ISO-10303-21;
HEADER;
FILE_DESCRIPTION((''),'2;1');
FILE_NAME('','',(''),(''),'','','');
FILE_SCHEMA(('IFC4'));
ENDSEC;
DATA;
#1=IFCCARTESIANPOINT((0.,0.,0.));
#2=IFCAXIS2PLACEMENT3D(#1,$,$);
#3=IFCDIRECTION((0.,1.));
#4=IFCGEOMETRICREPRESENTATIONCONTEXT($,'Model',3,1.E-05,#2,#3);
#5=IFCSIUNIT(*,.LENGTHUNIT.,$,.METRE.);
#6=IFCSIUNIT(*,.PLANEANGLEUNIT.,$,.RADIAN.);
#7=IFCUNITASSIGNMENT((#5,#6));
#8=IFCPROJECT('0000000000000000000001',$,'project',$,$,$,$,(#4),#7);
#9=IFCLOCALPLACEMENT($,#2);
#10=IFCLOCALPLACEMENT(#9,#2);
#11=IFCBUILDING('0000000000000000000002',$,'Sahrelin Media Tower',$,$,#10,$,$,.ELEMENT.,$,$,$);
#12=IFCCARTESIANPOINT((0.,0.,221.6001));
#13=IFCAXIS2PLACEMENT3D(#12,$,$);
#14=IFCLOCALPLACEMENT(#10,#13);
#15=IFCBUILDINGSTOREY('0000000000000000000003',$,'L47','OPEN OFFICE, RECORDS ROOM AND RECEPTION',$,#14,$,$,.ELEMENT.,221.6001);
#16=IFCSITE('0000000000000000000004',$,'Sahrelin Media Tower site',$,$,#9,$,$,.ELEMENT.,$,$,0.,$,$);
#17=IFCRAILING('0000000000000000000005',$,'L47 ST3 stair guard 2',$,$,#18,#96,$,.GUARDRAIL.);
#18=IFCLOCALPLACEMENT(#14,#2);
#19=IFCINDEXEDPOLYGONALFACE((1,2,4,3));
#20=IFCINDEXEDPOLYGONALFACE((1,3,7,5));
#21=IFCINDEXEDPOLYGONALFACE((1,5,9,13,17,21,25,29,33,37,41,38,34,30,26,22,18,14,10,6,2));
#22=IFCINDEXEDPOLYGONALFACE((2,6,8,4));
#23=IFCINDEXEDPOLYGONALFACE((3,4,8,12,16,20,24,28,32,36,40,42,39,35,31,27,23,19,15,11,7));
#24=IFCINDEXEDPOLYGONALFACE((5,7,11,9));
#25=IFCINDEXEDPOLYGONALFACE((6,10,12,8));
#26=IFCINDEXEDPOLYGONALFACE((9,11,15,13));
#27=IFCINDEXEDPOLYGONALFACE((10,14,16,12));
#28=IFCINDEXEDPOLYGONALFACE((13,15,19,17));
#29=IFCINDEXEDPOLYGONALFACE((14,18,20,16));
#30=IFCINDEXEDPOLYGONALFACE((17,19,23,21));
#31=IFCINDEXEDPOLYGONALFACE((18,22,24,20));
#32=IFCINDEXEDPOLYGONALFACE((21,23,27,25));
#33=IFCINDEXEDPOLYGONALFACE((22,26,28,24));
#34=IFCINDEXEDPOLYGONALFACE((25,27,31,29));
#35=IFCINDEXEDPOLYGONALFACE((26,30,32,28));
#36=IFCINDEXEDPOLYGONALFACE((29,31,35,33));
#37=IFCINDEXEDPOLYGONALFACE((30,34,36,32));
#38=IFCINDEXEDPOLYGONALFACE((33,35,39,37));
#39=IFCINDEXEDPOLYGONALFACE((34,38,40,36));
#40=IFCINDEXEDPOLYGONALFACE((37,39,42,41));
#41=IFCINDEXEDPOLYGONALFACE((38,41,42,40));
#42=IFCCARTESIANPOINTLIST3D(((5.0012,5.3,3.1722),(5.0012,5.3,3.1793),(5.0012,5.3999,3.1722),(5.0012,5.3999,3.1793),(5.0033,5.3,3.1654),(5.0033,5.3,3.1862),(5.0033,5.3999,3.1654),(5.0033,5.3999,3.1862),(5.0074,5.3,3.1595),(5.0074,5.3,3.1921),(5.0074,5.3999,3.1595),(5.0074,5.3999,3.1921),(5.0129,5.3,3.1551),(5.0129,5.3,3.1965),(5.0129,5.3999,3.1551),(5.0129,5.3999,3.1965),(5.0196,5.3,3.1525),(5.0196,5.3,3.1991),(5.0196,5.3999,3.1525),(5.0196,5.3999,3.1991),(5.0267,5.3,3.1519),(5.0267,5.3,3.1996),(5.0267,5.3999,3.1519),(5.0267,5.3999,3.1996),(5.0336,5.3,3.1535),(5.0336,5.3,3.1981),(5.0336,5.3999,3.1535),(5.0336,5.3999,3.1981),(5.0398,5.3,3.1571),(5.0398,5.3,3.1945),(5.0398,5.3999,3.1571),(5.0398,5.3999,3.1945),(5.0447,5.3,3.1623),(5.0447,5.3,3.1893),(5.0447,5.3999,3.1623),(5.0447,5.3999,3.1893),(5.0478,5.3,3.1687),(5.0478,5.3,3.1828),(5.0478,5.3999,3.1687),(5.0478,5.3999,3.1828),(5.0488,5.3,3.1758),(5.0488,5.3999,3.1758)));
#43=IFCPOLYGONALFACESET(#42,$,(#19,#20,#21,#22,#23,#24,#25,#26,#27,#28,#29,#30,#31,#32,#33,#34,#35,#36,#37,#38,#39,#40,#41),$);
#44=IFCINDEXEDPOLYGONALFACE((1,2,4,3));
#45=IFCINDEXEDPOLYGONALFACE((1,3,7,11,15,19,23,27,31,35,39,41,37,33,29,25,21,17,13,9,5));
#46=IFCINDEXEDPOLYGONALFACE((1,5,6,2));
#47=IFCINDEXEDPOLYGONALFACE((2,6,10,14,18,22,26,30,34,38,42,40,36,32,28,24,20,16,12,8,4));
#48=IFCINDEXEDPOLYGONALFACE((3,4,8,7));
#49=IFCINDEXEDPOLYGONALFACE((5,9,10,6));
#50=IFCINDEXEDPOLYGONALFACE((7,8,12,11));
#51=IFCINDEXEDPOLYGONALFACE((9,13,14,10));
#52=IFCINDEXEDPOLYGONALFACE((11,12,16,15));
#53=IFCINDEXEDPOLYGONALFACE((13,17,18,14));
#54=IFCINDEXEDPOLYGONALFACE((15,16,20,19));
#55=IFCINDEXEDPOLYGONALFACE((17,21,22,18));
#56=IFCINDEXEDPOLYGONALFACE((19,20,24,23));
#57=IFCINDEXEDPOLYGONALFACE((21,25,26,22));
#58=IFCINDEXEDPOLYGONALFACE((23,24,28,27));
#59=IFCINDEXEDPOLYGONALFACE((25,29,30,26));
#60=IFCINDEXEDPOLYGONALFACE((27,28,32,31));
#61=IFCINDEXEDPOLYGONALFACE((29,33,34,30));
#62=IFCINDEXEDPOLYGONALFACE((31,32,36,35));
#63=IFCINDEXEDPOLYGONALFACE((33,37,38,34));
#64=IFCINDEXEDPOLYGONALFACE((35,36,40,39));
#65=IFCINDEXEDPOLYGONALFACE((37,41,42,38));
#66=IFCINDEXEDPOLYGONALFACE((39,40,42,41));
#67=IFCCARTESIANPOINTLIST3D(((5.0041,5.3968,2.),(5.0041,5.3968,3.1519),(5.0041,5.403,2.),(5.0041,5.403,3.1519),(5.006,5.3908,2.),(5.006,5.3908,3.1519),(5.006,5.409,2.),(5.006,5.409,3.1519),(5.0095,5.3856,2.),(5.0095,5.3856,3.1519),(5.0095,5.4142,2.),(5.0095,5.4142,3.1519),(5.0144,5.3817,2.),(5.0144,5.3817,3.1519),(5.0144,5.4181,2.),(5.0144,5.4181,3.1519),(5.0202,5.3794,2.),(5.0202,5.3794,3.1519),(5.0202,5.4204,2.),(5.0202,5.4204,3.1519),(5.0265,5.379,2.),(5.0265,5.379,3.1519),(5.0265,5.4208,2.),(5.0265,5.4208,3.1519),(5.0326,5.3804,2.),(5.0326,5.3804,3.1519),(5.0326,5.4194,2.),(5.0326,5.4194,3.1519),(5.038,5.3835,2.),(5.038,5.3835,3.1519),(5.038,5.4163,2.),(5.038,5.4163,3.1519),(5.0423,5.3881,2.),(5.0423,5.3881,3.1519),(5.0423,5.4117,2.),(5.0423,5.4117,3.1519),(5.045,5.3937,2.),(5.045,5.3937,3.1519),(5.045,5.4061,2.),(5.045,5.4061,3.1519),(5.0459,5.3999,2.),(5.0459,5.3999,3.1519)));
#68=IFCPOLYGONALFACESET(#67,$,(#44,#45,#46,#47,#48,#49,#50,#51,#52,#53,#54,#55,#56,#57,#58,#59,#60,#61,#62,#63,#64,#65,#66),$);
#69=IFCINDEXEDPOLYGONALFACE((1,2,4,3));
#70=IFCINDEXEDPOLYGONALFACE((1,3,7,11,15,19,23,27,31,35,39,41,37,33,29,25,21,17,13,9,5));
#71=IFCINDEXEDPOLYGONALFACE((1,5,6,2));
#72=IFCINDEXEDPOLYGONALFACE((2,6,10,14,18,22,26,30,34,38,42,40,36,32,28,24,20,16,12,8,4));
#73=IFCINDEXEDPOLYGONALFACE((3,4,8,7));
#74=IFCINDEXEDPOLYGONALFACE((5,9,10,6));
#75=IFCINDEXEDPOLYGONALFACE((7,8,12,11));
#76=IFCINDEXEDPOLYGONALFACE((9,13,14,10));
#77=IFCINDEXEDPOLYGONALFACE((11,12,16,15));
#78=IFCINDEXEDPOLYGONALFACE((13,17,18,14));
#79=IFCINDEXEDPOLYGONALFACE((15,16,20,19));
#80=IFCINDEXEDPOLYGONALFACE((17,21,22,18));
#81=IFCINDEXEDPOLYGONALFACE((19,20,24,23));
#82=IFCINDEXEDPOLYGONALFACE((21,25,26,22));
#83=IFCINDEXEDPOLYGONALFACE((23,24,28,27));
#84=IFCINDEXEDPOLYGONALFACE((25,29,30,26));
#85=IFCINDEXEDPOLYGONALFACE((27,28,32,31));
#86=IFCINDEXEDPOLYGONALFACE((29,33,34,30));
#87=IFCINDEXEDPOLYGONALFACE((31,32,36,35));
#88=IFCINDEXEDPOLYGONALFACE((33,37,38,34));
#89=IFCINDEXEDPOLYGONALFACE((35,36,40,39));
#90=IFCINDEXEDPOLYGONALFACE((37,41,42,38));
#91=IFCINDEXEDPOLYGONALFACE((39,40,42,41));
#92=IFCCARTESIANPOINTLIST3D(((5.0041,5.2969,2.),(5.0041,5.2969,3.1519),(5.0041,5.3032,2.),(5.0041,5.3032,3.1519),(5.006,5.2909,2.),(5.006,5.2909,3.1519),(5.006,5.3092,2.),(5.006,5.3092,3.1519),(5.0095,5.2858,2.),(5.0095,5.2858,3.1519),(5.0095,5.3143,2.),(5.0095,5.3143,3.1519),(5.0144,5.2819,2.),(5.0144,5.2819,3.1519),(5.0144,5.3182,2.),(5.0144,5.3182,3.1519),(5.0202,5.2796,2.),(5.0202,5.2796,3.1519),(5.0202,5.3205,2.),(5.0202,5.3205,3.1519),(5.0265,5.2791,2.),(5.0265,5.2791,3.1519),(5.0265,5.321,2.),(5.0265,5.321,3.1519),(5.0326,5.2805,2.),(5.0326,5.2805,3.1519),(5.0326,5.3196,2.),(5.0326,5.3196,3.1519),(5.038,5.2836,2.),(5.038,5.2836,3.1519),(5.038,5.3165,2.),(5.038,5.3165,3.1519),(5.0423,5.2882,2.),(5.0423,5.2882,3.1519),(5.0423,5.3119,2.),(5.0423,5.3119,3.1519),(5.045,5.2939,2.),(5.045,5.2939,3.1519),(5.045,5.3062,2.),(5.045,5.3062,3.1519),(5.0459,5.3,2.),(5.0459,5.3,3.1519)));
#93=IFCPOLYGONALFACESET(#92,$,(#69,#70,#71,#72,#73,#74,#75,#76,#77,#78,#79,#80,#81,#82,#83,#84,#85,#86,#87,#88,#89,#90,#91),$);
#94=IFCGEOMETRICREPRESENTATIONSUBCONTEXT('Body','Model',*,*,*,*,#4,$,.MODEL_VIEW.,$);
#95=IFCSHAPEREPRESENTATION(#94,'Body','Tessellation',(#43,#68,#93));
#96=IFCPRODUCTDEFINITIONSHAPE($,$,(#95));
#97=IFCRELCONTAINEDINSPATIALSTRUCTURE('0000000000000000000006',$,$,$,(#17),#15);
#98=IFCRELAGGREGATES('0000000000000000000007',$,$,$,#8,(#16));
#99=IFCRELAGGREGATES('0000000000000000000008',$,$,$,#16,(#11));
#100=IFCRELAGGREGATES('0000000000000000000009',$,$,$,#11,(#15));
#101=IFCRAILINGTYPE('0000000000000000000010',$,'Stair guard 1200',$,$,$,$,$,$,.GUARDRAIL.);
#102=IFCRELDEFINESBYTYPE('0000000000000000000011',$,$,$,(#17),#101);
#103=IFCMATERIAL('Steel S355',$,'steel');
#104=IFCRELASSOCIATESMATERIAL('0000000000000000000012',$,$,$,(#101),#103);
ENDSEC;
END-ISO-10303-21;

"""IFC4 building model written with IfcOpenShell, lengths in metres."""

from ifc_helpers import new_model, si_unit, direction, frame, origin, origin_2d, place, context, subcontext, project, spatial, circle, extrude, material, type_object, element, save


model = new_model("IFC4")

# Units and contexts
model_context = context("Model", 3, precision=1e-05, world=origin(), true_north=direction((0.0, 1.0)))
body_context = subcontext(model_context, "Body", "Model", "MODEL_VIEW")
ifc_project = project(units=[si_unit("LENGTHUNIT", "METRE"), si_unit("PLANEANGLEUNIT", "RADIAN")], contexts=[model_context])

# Site, building, storey
site_placement = place(None, origin())
site = spatial("IfcSite", under=ifc_project, at=site_placement, Name="Sahrelin Media Tower site", CompositionType="ELEMENT", RefElevation=0.0)
building_placement = place(site_placement, origin())
building = spatial("IfcBuilding", under=site, at=building_placement, Name="Sahrelin Media Tower", CompositionType="ELEMENT")
storey_placement = place(building_placement, frame((0.0, 0.0, 221.6001)))
storey = spatial("IfcBuildingStorey", under=building, at=storey_placement, Name="L47", Description="OPEN OFFICE, RECORDS ROOM AND RECEPTION", CompositionType="ELEMENT", Elevation=221.6001)

# Shared definitions
ifc_material_1 = material(Name="Steel S355", Category="steel")

# Railing
railing_type_1 = type_object("IfcRailingType", Name="Stair guard 1200", PredefinedType="GUARDRAIL", material=ifc_material_1)
railing_1_placement = place(storey_placement, frame((5.0249, 5.3999, 2.0)))
element("IfcRailing", 1, at=railing_1_placement, inside=storey, type_object=railing_type_1, Name="L47 ST3 stair guard 2", PredefinedType="GUARDRAIL", context=body_context, shape_type="SweptSolid", body=[
    extrude(circle(Radius=0.0239, at=origin_2d()), frame((0.0, 0.0, 1.1758), z_axis=(0.0, -1.0, 0.0), x_axis=(1.0, 0.0, 0.0)), (0.0, 0.0, 1.0), 0.0999),
    extrude(circle(Radius=0.021, at=origin_2d()), origin(), (0.0, 0.0, 1.0), 1.1519),
    extrude(circle(Radius=0.021, at=origin_2d()), frame((0.0, -0.0999, 0.0)), (0.0, 0.0, 1.0), 1.1519),
])

save(model, "model.ifc")
